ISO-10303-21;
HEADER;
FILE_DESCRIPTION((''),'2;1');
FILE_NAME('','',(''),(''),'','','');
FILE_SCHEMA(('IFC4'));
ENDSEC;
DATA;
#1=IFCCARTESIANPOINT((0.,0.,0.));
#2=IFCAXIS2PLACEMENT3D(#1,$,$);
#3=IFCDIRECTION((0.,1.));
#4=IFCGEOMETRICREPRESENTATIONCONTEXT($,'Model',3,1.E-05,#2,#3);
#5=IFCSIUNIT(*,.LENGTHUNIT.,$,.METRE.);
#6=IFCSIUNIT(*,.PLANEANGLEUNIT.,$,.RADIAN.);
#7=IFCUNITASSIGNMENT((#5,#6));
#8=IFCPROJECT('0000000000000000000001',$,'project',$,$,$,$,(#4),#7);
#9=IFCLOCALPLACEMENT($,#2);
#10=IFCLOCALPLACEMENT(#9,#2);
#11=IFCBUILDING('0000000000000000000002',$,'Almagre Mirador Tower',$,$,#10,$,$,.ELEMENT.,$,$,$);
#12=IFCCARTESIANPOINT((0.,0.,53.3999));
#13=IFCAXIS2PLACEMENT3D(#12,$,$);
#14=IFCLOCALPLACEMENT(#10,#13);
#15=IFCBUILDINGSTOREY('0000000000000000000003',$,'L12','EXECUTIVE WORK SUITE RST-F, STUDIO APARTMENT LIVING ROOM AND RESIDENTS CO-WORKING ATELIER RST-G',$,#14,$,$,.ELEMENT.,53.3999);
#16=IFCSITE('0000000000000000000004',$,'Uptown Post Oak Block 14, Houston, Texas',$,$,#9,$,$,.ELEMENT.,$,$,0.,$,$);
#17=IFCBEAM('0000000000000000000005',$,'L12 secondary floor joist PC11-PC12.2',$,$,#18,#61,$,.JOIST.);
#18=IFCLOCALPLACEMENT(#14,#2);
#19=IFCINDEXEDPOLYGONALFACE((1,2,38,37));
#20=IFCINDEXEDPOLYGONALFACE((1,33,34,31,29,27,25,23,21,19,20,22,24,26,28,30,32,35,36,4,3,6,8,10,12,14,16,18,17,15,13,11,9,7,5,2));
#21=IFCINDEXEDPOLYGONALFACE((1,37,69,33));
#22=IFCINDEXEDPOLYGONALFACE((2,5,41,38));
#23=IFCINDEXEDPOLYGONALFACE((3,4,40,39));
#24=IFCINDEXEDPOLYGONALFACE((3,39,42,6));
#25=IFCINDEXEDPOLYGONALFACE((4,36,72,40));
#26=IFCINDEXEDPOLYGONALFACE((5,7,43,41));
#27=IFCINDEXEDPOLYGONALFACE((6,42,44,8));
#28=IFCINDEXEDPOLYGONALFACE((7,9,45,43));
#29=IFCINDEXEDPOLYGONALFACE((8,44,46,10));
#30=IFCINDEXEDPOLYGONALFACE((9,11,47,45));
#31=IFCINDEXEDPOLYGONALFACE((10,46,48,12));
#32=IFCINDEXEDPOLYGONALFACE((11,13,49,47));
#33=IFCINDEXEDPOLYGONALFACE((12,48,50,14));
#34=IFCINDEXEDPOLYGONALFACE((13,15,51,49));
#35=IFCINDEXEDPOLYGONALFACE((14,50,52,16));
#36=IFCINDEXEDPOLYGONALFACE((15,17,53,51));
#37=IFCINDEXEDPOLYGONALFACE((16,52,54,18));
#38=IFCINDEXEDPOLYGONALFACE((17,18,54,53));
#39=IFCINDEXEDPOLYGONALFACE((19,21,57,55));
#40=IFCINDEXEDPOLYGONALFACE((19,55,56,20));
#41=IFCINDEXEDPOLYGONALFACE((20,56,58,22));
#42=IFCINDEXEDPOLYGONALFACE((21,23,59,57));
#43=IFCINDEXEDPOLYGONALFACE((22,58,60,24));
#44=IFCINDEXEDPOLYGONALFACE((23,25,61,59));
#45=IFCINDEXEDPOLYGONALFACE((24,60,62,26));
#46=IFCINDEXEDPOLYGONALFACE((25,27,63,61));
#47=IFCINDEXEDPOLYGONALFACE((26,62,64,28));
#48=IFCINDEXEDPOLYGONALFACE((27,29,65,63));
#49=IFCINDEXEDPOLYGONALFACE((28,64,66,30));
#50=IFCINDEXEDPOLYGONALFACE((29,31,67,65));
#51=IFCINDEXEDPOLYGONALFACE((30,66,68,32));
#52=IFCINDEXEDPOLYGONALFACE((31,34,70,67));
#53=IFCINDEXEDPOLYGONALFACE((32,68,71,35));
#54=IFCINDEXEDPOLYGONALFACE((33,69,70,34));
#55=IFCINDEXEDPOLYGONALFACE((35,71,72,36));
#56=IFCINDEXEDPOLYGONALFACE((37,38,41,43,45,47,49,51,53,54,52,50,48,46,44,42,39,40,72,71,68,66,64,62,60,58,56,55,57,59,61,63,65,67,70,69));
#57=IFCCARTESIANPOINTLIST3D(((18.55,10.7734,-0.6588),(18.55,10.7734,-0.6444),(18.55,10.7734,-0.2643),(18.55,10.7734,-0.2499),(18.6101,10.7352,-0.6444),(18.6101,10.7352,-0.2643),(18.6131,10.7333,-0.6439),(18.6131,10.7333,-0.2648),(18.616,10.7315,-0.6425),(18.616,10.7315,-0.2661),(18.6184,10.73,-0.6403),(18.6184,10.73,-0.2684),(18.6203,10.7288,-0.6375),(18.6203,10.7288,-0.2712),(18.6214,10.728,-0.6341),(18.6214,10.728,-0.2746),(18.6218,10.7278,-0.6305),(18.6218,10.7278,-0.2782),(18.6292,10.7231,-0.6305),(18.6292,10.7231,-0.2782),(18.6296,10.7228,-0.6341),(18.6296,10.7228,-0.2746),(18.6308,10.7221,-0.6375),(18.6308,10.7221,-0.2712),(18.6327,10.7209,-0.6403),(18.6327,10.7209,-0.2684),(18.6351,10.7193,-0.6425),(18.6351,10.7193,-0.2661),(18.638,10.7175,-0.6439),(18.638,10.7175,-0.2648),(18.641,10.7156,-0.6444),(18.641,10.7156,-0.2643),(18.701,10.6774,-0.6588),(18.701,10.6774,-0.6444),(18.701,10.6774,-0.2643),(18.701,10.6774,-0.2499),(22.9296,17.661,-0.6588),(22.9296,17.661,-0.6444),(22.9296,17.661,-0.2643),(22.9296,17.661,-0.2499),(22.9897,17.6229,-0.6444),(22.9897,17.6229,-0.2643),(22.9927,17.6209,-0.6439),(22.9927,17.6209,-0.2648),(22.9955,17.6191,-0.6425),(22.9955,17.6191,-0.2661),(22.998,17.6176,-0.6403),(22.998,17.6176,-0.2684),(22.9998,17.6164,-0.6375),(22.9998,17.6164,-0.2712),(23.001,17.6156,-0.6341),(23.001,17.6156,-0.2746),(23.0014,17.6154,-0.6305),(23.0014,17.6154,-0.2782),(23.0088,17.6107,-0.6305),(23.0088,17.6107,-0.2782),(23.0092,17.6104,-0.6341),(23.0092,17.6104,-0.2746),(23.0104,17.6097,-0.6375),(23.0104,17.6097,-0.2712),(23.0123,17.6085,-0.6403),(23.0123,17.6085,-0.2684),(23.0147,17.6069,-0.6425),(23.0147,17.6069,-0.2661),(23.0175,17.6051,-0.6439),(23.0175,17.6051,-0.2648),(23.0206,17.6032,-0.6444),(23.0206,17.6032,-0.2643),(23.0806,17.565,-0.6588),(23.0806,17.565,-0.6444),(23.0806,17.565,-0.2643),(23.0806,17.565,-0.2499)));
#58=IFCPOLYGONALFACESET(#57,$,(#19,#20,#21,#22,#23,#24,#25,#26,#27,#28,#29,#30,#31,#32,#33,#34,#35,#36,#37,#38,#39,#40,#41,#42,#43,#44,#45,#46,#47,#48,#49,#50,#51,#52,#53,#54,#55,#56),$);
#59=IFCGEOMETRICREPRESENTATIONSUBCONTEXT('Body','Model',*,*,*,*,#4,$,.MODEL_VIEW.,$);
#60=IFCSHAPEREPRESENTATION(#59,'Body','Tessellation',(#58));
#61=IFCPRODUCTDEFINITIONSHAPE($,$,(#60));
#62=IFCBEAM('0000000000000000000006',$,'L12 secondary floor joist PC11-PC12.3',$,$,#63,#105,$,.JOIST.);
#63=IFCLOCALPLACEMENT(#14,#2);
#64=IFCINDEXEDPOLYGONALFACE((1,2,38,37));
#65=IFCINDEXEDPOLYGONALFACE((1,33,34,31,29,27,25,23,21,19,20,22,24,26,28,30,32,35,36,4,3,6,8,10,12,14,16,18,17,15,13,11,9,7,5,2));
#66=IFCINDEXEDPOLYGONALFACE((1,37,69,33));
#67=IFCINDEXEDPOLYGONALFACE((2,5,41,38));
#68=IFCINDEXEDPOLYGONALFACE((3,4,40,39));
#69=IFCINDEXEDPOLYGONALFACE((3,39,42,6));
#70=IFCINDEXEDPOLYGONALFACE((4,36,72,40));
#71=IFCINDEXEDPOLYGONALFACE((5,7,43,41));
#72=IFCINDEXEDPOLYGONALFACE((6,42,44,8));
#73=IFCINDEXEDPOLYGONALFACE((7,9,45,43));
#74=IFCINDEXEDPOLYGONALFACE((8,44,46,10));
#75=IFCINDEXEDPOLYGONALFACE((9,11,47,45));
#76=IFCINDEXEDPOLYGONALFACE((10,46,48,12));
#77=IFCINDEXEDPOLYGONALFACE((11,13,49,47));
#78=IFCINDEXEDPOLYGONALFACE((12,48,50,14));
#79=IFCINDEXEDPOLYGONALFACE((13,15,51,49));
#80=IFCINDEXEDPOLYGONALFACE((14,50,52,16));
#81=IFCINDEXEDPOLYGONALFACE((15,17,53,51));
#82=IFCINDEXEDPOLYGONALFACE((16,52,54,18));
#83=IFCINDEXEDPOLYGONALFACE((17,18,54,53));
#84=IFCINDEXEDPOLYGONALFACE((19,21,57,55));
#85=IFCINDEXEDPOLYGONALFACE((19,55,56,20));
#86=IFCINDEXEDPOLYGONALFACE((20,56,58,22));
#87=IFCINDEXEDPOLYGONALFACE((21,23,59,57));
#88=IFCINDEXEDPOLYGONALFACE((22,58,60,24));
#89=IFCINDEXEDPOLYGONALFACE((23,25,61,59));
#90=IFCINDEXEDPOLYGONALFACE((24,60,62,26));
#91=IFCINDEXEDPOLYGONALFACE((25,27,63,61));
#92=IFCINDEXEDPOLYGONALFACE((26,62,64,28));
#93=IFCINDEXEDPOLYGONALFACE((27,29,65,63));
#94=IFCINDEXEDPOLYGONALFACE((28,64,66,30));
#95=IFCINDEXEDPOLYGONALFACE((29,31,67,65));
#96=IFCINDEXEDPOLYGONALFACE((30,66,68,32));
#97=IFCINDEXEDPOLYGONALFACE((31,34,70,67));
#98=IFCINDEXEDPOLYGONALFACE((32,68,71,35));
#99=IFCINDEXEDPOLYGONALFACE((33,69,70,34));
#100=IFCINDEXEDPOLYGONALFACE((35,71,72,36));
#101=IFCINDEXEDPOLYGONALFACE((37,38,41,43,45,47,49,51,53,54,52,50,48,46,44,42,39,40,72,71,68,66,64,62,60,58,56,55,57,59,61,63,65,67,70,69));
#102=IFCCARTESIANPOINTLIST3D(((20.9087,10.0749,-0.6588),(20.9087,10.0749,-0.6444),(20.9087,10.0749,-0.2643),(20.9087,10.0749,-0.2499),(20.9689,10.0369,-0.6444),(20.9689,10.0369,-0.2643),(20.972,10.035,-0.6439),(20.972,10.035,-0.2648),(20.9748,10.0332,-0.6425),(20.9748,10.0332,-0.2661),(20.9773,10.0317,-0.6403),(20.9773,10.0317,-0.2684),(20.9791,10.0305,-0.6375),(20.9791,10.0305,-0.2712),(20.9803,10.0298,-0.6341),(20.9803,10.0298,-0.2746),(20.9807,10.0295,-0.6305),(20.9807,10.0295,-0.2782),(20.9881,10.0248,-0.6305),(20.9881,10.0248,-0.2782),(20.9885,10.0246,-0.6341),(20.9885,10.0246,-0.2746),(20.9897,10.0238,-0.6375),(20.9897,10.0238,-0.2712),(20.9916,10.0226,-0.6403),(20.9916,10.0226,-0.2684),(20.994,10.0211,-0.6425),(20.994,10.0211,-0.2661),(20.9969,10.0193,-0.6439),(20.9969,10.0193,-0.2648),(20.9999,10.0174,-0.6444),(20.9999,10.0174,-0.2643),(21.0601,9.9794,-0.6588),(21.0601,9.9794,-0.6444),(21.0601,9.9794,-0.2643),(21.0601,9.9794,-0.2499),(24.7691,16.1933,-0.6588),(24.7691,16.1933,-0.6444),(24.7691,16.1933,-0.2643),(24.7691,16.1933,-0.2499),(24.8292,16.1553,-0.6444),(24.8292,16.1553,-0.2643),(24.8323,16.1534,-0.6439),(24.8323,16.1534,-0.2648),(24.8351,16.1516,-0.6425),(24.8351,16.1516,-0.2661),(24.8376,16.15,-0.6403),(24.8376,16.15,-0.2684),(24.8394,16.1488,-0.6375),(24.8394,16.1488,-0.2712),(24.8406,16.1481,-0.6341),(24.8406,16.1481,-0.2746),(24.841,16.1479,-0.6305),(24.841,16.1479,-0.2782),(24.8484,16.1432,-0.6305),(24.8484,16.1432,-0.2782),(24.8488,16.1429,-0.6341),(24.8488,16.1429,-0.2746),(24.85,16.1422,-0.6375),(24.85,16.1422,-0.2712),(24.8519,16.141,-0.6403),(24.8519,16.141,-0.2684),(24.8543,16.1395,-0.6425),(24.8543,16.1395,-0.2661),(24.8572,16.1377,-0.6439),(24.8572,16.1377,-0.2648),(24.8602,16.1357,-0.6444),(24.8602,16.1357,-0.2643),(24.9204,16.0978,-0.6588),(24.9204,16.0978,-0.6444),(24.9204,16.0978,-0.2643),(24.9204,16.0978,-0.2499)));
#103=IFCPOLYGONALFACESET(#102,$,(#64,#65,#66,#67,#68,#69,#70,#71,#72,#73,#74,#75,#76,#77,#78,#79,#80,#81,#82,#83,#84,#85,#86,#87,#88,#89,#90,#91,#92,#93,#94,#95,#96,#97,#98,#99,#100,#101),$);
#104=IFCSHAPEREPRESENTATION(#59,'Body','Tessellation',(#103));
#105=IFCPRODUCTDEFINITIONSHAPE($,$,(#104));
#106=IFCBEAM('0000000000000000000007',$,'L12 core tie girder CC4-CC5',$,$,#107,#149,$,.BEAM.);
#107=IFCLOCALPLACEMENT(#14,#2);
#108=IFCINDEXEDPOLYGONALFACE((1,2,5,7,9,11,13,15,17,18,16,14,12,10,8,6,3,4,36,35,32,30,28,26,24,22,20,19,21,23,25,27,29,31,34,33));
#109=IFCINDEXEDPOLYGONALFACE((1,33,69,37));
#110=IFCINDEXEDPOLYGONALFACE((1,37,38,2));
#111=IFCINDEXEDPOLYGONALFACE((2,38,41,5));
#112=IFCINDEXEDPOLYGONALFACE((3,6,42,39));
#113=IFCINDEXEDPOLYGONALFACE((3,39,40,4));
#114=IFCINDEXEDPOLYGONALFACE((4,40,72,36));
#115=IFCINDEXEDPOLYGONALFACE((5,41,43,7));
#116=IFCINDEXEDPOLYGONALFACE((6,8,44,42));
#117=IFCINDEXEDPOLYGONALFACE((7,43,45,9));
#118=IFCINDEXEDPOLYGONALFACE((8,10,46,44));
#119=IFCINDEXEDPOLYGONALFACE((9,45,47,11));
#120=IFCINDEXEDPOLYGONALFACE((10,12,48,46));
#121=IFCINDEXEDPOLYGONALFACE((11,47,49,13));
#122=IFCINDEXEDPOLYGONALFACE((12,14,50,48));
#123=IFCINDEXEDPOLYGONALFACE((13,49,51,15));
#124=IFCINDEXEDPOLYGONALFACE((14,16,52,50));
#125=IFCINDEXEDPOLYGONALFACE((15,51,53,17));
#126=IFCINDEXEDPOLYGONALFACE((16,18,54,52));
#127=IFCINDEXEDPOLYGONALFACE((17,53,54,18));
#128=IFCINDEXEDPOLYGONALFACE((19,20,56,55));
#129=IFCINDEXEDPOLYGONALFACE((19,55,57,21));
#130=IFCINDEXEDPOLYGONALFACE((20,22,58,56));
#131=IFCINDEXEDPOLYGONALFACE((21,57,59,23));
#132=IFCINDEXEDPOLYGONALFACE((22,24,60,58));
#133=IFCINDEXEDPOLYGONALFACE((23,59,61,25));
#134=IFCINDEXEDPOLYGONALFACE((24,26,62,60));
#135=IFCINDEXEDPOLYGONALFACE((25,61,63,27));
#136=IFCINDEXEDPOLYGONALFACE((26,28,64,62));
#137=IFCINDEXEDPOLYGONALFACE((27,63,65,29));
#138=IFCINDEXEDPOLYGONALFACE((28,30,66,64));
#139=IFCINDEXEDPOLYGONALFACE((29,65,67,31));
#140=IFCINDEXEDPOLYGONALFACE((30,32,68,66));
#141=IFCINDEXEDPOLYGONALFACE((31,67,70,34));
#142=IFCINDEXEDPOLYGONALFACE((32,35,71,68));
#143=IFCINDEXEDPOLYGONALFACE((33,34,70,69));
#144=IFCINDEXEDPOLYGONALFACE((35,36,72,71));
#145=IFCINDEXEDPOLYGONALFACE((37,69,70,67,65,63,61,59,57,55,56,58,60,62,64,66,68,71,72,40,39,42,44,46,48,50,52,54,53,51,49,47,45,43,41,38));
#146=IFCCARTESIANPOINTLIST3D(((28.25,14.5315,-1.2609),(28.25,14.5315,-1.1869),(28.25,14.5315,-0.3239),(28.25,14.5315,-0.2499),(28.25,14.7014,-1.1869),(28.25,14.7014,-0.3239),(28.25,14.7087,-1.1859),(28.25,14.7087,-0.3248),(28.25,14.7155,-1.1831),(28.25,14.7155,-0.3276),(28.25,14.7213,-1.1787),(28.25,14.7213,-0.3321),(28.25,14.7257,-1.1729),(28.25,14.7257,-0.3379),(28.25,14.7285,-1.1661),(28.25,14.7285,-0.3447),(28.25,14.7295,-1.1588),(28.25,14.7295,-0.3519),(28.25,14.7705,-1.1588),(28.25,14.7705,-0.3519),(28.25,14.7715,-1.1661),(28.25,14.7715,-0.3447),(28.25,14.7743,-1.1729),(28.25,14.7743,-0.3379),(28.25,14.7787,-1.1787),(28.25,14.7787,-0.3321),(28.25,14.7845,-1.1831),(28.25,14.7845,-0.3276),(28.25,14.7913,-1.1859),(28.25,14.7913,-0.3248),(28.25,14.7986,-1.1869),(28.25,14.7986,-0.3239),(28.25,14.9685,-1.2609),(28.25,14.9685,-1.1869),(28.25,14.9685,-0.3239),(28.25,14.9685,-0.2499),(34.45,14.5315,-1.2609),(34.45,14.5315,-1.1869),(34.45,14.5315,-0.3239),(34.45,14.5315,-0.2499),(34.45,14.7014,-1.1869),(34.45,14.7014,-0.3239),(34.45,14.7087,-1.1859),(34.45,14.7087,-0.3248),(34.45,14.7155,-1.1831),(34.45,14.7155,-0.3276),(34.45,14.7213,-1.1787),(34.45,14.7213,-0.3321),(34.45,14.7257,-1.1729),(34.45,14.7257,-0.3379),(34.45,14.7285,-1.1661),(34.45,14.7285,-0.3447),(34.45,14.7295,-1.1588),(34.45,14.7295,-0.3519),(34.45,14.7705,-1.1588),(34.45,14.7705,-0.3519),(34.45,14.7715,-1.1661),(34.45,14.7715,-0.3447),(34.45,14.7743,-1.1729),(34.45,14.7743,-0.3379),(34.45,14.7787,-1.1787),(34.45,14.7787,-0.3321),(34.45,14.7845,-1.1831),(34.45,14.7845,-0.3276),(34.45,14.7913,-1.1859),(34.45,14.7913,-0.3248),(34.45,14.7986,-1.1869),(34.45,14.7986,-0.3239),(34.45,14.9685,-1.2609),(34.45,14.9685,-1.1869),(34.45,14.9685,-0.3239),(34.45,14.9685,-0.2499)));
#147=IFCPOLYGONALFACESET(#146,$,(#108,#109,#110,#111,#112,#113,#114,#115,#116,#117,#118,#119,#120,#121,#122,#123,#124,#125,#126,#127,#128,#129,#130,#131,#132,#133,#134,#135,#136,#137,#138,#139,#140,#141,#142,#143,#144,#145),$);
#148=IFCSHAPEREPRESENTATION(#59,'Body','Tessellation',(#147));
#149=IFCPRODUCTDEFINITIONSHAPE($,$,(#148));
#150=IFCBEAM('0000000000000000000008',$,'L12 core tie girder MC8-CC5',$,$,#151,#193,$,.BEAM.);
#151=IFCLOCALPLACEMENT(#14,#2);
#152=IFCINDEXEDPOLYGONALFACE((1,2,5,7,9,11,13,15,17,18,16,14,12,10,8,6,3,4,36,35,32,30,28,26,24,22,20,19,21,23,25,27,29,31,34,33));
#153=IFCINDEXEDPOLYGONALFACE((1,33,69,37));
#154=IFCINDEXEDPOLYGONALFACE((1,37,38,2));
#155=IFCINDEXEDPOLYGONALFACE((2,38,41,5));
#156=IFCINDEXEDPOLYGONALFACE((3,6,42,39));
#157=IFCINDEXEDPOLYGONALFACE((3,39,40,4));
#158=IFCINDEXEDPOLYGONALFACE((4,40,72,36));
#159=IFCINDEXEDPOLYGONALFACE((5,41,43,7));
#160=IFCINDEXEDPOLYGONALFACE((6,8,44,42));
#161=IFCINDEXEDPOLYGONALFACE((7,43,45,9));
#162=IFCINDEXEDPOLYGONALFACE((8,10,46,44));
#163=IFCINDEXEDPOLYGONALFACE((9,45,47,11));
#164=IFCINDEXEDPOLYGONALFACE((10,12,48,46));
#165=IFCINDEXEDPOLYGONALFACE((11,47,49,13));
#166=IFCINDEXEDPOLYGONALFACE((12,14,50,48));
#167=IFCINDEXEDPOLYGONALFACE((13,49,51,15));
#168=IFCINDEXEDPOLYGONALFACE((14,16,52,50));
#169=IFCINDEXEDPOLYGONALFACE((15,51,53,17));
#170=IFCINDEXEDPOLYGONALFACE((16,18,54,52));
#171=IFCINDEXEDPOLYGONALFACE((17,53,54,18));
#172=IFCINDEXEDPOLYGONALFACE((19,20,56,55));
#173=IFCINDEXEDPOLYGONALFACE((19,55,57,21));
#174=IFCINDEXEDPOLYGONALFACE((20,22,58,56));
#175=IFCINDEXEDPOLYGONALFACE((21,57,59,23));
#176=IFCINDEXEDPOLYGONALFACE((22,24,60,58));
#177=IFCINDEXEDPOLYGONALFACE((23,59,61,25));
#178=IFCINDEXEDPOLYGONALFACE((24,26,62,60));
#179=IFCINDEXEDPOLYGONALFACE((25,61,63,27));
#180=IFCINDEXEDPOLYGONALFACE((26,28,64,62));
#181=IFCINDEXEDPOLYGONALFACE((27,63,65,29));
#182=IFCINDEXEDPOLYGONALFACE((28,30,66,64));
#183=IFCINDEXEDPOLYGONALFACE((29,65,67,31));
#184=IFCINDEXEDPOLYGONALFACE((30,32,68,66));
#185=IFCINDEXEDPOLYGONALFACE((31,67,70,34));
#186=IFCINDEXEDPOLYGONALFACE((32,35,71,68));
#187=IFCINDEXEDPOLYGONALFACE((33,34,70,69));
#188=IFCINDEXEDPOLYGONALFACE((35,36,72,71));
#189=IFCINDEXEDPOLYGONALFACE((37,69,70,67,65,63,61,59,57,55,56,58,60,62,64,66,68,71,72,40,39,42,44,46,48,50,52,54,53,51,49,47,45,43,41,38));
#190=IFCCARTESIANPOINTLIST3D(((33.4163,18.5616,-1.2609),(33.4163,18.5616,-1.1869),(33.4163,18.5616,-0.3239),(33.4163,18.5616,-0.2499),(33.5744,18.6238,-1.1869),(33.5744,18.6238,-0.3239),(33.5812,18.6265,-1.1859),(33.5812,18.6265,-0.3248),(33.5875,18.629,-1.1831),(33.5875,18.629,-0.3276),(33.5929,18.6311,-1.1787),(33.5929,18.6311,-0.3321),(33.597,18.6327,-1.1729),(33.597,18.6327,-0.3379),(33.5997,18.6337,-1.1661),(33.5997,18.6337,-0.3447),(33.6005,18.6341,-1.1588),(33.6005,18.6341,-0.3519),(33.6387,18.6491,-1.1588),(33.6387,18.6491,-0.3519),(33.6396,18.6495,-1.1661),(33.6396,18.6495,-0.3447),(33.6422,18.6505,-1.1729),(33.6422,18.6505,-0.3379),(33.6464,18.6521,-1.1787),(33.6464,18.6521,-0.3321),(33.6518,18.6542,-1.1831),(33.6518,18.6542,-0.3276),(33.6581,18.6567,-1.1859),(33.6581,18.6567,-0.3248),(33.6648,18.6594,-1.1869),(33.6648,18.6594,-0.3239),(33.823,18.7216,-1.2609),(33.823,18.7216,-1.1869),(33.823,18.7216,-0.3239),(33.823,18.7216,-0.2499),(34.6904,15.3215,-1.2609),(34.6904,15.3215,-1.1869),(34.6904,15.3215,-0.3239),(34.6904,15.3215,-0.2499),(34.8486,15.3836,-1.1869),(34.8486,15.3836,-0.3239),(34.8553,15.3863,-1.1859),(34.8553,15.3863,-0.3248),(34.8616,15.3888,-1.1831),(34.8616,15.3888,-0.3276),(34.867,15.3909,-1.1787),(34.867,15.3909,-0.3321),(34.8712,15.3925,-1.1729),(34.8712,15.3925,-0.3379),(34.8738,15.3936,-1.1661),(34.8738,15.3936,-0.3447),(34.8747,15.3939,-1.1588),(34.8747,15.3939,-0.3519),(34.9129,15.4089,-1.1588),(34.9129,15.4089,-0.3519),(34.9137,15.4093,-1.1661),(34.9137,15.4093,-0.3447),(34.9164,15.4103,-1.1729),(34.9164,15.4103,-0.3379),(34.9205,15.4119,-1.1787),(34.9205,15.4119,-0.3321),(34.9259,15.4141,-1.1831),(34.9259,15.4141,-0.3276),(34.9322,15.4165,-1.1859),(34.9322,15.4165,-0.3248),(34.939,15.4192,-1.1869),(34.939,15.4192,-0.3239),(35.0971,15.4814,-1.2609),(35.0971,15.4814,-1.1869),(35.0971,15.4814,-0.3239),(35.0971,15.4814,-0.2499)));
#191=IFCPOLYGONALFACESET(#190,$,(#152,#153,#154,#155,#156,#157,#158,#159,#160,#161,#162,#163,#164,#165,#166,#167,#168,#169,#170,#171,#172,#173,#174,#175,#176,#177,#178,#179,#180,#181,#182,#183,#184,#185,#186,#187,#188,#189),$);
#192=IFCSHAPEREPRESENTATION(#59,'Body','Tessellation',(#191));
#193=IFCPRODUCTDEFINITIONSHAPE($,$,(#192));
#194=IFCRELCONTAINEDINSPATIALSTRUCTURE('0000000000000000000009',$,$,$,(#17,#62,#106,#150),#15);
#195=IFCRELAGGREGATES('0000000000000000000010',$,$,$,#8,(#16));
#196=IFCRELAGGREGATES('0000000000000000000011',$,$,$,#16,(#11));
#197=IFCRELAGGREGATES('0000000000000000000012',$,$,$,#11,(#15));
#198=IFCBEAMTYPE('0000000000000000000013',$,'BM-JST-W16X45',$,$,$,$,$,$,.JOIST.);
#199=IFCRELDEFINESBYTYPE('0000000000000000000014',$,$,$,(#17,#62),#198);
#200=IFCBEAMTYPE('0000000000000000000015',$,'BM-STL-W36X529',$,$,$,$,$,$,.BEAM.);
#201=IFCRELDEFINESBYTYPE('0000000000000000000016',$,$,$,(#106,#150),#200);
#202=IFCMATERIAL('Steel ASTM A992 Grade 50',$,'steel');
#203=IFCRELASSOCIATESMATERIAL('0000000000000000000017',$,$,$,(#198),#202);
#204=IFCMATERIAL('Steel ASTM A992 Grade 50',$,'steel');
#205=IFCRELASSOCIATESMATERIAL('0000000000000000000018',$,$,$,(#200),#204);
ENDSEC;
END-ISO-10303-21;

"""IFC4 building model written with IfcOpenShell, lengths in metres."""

from ifc_helpers import new_model, si_unit, direction, frame, origin, origin_2d, place, context, subcontext, project, spatial, i_section, extrude, material, material_profile, profile_set, type_object, element, save


model = new_model("IFC4")

# Units and contexts
model_context = context("Model", 3, precision=1e-05, world=origin(), true_north=direction((0.0, 1.0)))
body_context = subcontext(model_context, "Body", "Model", "MODEL_VIEW")
ifc_project = project(units=[si_unit("LENGTHUNIT", "METRE"), si_unit("PLANEANGLEUNIT", "RADIAN")], contexts=[model_context])

# Site, building, storey
site_placement = place(None, origin())
site = spatial("IfcSite", under=ifc_project, at=site_placement, Name="Uptown Post Oak Block 14, Houston, Texas", CompositionType="ELEMENT", RefElevation=0.0)
building_placement = place(site_placement, origin())
building = spatial("IfcBuilding", under=site, at=building_placement, Name="Almagre Mirador Tower", CompositionType="ELEMENT")
storey_placement = place(building_placement, frame((0.0, 0.0, 53.3999)))
storey = spatial("IfcBuildingStorey", under=building, at=storey_placement, Name="L12", Description="EXECUTIVE WORK SUITE RST-F, STUDIO APARTMENT LIVING ROOM AND RESIDENTS CO-WORKING ATELIER RST-G", CompositionType="ELEMENT", Elevation=53.3999)

# Beams
ifc_material_1 = material(Name="Steel ASTM A992 Grade 50", Category="steel")
ifc_material_profile_1 = material_profile(ifc_material_1, i_section(OverallWidth=0.179, OverallDepth=0.4089, WebThickness=0.0088, FlangeThickness=0.0144, FilletRadius=0.0139, at=origin_2d()), Name="W16X45")
ifc_profile_set_1 = profile_set([ifc_material_profile_1], Name="Steel ASTM A992 Grade 50")
beam_type_1 = type_object("IfcBeamType", Name="BM-JST-W16X45", PredefinedType="JOIST", material=ifc_profile_set_1)
beam_1_placement = place(storey_placement, frame((23.0051, 17.613, -0.4543), z_axis=(-0.536575, -0.843852, 0.0), x_axis=(0.843852, -0.536575, 0.0)))
element("IfcBeam", 1, at=beam_1_placement, inside=storey, type_object=beam_type_1, Name="L12 secondary floor joist PC11-PC12.2", PredefinedType="JOIST", context=body_context, shape_type="SweptSolid", body=[
    extrude(i_section(OverallWidth=0.179, OverallDepth=0.4089, WebThickness=0.0088, FlangeThickness=0.0144, FilletRadius=0.0139, at=origin_2d()), origin(), (0.0, 0.0, 1.0), 8.1621),
])
beam_2_placement = place(storey_placement, frame((24.8447, 16.1455, -0.4543), z_axis=(-0.533607, -0.845733, 0.0), x_axis=(0.845733, -0.533607, 0.0)))
element("IfcBeam", 2, at=beam_2_placement, inside=storey, type_object=beam_type_1, Name="L12 secondary floor joist PC11-PC12.3", PredefinedType="JOIST", context=body_context, shape_type="SweptSolid", body=[
    extrude(i_section(OverallWidth=0.179, OverallDepth=0.4089, WebThickness=0.0088, FlangeThickness=0.0144, FilletRadius=0.0139, at=origin_2d()), origin(), (0.0, 0.0, 1.0), 7.2344),
])
ifc_material_2 = material(Name="Steel ASTM A992 Grade 50", Category="steel")
ifc_material_profile_2 = material_profile(ifc_material_2, i_section(OverallWidth=0.437, OverallDepth=1.011, WebThickness=0.041, FlangeThickness=0.074, FilletRadius=0.0281, at=origin_2d()), Name="W36X529")
ifc_profile_set_2 = profile_set([ifc_material_profile_2], Name="Steel ASTM A992 Grade 50")
beam_type_2 = type_object("IfcBeamType", Name="BM-STL-W36X529", PredefinedType="BEAM", material=ifc_profile_set_2)
beam_3_placement = place(storey_placement, frame((28.25, 14.75, -0.7554), z_axis=(1.0, 0.0, 0.0), x_axis=(0.0, 1.0, 0.0)))
element("IfcBeam", 3, at=beam_3_placement, inside=storey, type_object=beam_type_2, Name="L12 core tie girder CC4-CC5", PredefinedType="BEAM", context=body_context, shape_type="SweptSolid", body=[
    extrude(i_section(OverallWidth=0.437, OverallDepth=1.011, WebThickness=0.041, FlangeThickness=0.074, FilletRadius=0.0281, at=origin_2d()), origin(), (0.0, 0.0, 1.0), 6.2),
])
beam_4_placement = place(storey_placement, frame((33.6196, 18.6416, -0.7554), z_axis=(0.365956, -0.930632, 0.0), x_axis=(0.930632, 0.365956, 0.0)))
element("IfcBeam", 4, at=beam_4_placement, inside=storey, type_object=beam_type_2, Name="L12 core tie girder MC8-CC5", PredefinedType="BEAM", context=body_context, shape_type="SweptSolid", body=[
    extrude(i_section(OverallWidth=0.437, OverallDepth=1.011, WebThickness=0.041, FlangeThickness=0.074, FilletRadius=0.0281, at=origin_2d()), origin(), (0.0, 0.0, 1.0), 3.4817),
])

save(model, "model.ifc")
